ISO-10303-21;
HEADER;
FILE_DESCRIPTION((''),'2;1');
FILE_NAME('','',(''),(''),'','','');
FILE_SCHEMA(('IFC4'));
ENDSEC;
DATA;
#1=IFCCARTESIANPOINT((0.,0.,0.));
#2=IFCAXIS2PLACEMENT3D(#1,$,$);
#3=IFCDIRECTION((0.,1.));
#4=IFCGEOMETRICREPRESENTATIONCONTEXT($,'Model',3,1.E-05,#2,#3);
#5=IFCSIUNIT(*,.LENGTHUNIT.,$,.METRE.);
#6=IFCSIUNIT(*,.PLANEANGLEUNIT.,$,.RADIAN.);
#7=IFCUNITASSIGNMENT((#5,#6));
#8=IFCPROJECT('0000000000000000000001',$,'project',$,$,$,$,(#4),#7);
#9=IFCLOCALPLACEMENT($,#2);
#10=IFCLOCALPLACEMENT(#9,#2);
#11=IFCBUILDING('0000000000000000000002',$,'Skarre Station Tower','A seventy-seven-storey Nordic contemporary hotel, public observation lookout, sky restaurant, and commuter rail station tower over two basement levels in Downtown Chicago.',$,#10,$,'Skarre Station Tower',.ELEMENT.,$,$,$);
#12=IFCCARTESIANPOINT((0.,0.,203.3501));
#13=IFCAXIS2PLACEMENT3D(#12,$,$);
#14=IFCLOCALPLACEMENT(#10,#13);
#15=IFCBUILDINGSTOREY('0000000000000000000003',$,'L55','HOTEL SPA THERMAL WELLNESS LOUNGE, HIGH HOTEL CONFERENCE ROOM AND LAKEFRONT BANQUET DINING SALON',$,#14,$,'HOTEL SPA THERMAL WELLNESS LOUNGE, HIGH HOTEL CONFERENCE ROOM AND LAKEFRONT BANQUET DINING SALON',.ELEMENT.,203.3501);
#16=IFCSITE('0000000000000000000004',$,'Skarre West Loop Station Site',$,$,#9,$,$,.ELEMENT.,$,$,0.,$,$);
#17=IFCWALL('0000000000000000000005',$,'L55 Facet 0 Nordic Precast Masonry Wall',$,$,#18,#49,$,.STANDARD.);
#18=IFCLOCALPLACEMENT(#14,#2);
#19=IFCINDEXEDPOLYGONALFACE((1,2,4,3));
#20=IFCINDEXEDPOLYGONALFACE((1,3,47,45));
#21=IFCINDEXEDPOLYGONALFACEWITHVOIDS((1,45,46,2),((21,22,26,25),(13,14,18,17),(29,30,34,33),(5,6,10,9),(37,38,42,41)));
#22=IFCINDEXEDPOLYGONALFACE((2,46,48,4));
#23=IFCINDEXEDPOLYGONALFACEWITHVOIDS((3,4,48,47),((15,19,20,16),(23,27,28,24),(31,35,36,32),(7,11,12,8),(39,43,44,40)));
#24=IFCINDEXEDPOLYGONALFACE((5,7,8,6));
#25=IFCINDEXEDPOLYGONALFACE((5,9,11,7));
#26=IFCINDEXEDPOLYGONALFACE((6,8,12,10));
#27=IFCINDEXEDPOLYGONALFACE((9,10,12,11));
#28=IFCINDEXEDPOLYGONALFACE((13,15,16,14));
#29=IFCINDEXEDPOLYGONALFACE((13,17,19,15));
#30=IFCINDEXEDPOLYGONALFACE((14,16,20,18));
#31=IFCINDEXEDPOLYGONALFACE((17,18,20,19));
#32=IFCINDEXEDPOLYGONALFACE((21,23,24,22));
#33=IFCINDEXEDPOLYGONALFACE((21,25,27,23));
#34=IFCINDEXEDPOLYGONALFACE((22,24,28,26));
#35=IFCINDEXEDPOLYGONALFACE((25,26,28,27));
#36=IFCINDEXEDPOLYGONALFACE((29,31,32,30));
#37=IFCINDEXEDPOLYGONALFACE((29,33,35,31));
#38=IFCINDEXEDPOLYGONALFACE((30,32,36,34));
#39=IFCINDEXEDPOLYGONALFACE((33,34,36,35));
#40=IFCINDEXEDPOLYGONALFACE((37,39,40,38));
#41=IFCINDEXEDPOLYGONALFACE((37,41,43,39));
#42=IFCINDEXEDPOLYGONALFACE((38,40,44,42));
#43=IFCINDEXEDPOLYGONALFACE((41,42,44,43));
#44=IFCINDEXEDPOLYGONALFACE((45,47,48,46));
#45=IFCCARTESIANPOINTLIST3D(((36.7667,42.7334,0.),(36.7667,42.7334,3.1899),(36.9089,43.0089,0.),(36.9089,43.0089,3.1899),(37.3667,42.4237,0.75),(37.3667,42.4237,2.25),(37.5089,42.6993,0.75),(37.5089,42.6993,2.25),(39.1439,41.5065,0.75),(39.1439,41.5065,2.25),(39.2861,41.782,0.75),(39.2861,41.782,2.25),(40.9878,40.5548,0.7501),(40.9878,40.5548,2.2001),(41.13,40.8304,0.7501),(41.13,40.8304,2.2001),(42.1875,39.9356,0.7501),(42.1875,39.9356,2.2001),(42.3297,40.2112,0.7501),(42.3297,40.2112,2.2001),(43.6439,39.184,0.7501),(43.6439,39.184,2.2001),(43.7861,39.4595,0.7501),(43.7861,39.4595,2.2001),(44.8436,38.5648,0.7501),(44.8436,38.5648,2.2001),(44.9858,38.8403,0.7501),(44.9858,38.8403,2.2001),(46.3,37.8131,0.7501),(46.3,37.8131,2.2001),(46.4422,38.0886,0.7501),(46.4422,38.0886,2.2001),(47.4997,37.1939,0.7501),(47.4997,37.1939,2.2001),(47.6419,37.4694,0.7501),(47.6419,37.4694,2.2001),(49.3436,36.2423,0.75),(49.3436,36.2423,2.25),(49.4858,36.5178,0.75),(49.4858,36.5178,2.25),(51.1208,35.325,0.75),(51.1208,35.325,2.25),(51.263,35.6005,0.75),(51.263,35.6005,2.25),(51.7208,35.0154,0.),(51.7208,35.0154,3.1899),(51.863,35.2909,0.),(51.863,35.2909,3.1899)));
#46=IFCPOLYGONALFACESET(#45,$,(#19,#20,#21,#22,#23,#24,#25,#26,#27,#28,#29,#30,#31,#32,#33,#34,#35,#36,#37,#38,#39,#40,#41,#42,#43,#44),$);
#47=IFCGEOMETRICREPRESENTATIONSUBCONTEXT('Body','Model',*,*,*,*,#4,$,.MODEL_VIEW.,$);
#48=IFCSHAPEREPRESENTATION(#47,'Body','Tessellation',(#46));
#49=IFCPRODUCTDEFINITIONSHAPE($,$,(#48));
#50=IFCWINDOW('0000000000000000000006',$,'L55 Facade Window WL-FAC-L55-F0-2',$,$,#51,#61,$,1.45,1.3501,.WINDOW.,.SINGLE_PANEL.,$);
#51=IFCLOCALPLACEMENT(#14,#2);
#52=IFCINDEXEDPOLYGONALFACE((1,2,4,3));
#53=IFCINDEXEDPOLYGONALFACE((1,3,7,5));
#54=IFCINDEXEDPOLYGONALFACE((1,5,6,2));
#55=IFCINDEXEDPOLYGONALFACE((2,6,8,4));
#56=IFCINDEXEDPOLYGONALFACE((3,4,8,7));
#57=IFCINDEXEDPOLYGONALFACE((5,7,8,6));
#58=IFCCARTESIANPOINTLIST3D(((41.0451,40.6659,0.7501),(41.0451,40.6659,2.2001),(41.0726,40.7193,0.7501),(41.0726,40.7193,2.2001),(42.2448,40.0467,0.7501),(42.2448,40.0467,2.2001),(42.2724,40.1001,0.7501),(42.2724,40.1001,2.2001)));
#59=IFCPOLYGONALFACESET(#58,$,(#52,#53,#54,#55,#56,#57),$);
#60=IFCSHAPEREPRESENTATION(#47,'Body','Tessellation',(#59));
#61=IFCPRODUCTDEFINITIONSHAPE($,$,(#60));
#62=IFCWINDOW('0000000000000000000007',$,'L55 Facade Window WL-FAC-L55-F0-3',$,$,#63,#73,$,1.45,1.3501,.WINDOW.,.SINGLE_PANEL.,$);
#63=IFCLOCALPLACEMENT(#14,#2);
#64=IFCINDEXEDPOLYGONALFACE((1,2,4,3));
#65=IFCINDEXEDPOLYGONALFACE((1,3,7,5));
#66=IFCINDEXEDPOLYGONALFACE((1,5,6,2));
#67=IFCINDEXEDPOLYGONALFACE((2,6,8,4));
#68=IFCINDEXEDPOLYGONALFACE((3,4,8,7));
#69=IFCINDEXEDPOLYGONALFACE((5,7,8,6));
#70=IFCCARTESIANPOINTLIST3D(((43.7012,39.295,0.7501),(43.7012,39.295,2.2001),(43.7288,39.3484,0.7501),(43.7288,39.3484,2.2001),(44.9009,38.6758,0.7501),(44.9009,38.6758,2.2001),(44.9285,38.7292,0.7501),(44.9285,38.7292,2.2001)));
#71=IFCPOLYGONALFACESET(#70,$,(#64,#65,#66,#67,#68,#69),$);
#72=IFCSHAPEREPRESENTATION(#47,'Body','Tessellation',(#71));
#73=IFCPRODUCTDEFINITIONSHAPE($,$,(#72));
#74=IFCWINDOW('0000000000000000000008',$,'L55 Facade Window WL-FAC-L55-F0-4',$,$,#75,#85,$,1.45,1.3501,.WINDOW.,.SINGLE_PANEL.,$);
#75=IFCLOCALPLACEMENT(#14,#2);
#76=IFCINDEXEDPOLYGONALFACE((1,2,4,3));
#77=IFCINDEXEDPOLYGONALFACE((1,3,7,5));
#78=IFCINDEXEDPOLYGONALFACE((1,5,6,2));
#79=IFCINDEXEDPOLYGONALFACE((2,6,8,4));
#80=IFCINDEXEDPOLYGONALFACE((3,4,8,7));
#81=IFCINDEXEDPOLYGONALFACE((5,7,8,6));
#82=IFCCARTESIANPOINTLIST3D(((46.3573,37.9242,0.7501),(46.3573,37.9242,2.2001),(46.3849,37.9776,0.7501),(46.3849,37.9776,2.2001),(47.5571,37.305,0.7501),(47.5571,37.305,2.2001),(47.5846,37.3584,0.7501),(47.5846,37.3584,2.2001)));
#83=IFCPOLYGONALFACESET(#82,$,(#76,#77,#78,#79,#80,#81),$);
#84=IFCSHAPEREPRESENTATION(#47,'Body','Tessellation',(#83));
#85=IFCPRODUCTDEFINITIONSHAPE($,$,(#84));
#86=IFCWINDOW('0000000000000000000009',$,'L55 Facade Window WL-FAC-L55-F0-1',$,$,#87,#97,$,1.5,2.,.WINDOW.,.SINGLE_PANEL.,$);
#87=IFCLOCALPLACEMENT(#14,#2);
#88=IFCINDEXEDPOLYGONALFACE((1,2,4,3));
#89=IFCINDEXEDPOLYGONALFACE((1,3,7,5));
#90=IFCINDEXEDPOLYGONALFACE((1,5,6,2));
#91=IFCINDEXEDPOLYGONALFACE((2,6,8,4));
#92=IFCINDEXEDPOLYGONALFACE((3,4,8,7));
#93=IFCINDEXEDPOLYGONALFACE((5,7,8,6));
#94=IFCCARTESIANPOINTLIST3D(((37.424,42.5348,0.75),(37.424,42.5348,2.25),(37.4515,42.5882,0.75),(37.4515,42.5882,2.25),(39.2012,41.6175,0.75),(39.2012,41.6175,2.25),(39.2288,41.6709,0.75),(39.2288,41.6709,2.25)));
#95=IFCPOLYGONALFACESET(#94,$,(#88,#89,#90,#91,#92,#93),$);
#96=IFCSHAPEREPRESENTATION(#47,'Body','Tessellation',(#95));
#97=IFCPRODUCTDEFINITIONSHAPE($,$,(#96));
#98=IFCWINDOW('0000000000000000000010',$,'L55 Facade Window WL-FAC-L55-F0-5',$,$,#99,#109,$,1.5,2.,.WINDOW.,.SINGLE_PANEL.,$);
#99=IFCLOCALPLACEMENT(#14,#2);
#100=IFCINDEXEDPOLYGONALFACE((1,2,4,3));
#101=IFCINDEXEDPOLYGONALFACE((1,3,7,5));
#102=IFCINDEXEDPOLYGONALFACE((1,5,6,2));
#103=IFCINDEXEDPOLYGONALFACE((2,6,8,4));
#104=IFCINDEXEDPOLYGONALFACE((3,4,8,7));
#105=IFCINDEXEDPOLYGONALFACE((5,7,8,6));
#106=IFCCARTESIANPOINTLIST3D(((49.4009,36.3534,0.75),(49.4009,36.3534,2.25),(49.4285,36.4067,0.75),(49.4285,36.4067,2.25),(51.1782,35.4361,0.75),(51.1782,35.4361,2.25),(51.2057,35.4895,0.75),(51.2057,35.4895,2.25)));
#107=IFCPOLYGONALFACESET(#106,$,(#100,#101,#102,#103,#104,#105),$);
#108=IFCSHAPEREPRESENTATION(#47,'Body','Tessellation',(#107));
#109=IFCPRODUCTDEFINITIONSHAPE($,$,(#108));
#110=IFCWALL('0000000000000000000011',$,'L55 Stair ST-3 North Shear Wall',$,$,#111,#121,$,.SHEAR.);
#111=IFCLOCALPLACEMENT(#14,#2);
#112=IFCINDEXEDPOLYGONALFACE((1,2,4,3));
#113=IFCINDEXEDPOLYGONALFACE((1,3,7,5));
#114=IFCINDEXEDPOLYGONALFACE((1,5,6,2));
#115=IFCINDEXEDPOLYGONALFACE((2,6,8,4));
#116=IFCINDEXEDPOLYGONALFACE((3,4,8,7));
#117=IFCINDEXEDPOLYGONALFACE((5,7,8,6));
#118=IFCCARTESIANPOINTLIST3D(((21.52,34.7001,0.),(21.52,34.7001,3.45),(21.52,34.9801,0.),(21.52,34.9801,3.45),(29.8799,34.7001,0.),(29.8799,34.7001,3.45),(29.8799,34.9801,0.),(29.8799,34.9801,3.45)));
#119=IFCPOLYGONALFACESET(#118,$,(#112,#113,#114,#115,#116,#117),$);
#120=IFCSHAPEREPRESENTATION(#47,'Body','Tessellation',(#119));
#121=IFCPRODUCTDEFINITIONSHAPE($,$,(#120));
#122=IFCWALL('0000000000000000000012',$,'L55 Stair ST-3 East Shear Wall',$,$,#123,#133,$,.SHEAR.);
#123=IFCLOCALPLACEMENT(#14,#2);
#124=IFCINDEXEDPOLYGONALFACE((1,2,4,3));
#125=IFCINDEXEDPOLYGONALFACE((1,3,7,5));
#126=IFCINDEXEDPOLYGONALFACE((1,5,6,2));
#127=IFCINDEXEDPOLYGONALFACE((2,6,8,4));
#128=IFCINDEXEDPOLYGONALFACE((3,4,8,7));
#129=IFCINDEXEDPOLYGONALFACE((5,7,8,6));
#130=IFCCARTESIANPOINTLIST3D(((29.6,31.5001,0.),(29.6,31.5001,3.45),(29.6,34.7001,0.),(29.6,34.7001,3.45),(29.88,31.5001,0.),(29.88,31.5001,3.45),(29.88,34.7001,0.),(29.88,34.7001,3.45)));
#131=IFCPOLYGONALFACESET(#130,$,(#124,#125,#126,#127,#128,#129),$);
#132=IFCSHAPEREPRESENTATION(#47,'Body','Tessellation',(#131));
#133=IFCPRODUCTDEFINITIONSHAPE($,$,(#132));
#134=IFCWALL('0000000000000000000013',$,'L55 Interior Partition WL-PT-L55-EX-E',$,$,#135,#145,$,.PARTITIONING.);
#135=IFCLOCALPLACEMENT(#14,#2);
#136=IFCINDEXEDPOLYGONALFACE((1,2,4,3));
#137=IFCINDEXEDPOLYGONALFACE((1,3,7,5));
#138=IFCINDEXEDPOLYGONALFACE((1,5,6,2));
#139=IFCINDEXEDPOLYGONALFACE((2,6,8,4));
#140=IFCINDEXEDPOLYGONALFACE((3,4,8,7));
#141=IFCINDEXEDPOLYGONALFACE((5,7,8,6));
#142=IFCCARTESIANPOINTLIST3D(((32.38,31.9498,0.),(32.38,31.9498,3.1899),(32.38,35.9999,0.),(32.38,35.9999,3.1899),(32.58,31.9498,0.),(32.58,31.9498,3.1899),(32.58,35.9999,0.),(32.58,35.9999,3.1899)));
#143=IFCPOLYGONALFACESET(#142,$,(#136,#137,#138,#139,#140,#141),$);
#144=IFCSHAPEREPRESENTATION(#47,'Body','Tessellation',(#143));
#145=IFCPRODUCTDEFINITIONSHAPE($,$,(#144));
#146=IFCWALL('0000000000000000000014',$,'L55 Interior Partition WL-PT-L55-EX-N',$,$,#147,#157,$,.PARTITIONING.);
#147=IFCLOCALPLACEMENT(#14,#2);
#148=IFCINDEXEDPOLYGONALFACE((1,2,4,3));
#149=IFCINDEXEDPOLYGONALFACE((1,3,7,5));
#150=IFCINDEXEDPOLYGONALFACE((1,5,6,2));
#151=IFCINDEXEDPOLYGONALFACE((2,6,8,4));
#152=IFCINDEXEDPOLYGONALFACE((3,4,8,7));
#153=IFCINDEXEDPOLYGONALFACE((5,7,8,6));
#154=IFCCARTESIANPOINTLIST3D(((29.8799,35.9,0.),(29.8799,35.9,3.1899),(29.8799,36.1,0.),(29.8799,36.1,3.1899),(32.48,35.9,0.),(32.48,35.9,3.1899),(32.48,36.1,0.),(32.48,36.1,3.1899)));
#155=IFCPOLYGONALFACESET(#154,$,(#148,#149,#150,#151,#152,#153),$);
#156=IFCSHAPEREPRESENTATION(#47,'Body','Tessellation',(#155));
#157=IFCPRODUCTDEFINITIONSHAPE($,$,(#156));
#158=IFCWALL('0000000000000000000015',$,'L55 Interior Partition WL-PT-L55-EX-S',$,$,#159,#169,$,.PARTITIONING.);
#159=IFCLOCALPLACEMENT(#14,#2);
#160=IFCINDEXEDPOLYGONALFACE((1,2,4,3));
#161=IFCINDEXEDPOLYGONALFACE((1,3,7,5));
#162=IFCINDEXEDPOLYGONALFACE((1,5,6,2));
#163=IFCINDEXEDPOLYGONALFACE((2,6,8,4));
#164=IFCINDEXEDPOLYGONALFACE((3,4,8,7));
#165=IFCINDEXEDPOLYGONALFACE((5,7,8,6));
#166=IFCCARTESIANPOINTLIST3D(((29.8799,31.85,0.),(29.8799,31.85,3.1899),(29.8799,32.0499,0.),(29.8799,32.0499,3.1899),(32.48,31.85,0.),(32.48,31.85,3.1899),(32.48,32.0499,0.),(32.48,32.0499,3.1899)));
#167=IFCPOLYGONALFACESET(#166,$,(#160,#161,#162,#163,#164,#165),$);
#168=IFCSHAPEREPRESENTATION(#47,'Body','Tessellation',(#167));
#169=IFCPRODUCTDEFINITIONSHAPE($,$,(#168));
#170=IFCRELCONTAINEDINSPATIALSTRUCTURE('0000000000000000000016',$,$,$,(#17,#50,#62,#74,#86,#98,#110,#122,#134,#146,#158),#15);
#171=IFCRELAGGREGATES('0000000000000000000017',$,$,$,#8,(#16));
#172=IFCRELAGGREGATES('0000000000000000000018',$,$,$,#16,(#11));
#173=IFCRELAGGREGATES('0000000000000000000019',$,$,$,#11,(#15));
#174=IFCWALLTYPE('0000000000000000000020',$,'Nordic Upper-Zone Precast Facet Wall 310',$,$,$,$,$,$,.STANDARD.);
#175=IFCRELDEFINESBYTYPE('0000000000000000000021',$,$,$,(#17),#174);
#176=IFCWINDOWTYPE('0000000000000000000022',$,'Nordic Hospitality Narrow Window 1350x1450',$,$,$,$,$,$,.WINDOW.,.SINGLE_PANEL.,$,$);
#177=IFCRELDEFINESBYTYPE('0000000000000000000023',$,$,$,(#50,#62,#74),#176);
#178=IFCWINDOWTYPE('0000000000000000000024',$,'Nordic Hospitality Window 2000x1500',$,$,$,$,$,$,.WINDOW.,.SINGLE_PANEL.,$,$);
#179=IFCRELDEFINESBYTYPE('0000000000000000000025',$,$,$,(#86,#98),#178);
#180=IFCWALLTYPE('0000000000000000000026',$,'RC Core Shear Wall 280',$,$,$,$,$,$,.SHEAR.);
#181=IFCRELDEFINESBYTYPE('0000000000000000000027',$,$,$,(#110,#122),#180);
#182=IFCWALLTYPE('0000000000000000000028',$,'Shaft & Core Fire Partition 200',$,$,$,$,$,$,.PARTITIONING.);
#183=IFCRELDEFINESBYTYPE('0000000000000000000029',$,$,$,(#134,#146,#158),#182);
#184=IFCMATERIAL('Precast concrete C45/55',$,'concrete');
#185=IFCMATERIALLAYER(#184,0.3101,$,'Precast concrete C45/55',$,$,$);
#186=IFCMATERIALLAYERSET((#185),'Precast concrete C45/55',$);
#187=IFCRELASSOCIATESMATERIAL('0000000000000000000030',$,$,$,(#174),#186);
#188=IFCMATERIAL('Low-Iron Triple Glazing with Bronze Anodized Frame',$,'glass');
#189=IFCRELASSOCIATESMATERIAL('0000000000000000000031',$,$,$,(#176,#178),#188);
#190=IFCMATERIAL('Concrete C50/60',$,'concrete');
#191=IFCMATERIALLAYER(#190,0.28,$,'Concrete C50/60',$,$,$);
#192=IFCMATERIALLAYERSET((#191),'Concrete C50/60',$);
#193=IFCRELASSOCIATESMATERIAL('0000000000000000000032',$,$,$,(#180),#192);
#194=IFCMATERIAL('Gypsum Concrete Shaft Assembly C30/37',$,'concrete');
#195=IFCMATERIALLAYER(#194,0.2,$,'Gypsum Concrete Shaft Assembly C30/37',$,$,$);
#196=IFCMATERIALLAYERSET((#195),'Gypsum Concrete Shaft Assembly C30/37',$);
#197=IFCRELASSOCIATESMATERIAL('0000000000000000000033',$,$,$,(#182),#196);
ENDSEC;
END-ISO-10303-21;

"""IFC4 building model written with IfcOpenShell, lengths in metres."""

from ifc_helpers import new_model, si_unit, direction, frame, frame_2d, origin, place, context, subcontext, project, spatial, rectangle, extrude, material, layer, layer_set, type_object, element, fill, save


model = new_model("IFC4")

# Units and contexts
model_context = context("Model", 3, precision=1e-05, world=origin(), true_north=direction((0.0, 1.0)))
body_context = subcontext(model_context, "Body", "Model", "MODEL_VIEW")
ifc_project = project(units=[si_unit("LENGTHUNIT", "METRE"), si_unit("PLANEANGLEUNIT", "RADIAN")], contexts=[model_context])

# Site, building, storey
site_placement = place(None, origin())
site = spatial("IfcSite", under=ifc_project, at=site_placement, Name="Skarre West Loop Station Site", CompositionType="ELEMENT", RefElevation=0.0)
building_placement = place(site_placement, origin())
building = spatial("IfcBuilding", under=site, at=building_placement, Name="Skarre Station Tower", Description="A seventy-seven-storey Nordic contemporary hotel, public observation lookout, sky restaurant, and commuter rail station tower over two basement levels in Downtown Chicago.", LongName="Skarre Station Tower", CompositionType="ELEMENT")
storey_placement = place(building_placement, frame((0.0, 0.0, 203.3501)))
storey = spatial("IfcBuildingStorey", under=building, at=storey_placement, Name="L55", Description="HOTEL SPA THERMAL WELLNESS LOUNGE, HIGH HOTEL CONFERENCE ROOM AND LAKEFRONT BANQUET DINING SALON", LongName="HOTEL SPA THERMAL WELLNESS LOUNGE, HIGH HOTEL CONFERENCE ROOM AND LAKEFRONT BANQUET DINING SALON", CompositionType="ELEMENT", Elevation=203.3501)

# Shared definitions
ifc_material_1 = material(Name="Precast concrete C45/55", Category="concrete")

# Shared definitions
ifc_material_2 = material(Name="Low-Iron Triple Glazing with Bronze Anodized Frame", Category="glass")

# Wall, openings, windows
ifc_layer_1 = layer(ifc_material_1, 0.3101, Name="Precast concrete C45/55")
ifc_layer_set_1 = layer_set([ifc_layer_1], Name="Precast concrete C45/55")
wall_type_1 = type_object("IfcWallType", Name="Nordic Upper-Zone Precast Facet Wall 310", PredefinedType="STANDARD", material=ifc_layer_set_1)
wall_1_placement = place(storey_placement, frame((36.8379, 42.8711, 0.0), z_axis=(0.0, 0.0, 1.0), x_axis=(0.888626, -0.458632, 0.0)))
wall_1 = element("IfcWall", 1, at=wall_1_placement, inside=storey, type_object=wall_type_1, Name="L55 Facet 0 Nordic Precast Masonry Wall", PredefinedType="STANDARD", context=body_context, shape_type="SweptSolid", body=[
    extrude(rectangle(XDim=16.8284, YDim=0.3101, at=frame_2d((8.4141, 0.0))), origin(), (0.0, 0.0, 1.0), 3.1899),
])
opening_1_placement = place(wall_1_placement, frame((0.675, 0.0, 0.75)))
opening_1 = element("IfcOpeningElement", 2, at=opening_1_placement, cuts=wall_1, PredefinedType="OPENING", context=body_context, shape_type="SweptSolid", body=[
    extrude(rectangle(XDim=2.0, YDim=1.5, at=frame_2d((1.0, 0.75))), frame((0.0, 0.165, 0.0), z_axis=(0.0, -1.0, 0.0), x_axis=(1.0, 0.0, 0.0)), (0.0, 0.0, 1.0), 0.3301),
])
opening_2_placement = place(wall_1_placement, frame((4.75, 0.0, 0.75)))
opening_2 = element("IfcOpeningElement", 3, at=opening_2_placement, cuts=wall_1, PredefinedType="OPENING", context=body_context, shape_type="SweptSolid", body=[
    extrude(rectangle(XDim=1.3501, YDim=1.45, at=frame_2d((0.675, 0.7251))), frame((0.0, 0.165, 0.0), z_axis=(0.0, -1.0, 0.0), x_axis=(1.0, 0.0, 0.0)), (0.0, 0.0, 1.0), 0.3301),
])
opening_3_placement = place(wall_1_placement, frame((7.739, 0.0, 0.75)))
opening_3 = element("IfcOpeningElement", 4, at=opening_3_placement, cuts=wall_1, PredefinedType="OPENING", context=body_context, shape_type="SweptSolid", body=[
    extrude(rectangle(XDim=1.3501, YDim=1.45, at=frame_2d((0.675, 0.7251))), frame((0.0, 0.165, 0.0), z_axis=(0.0, -1.0, 0.0), x_axis=(1.0, 0.0, 0.0)), (0.0, 0.0, 1.0), 0.3301),
])
opening_4_placement = place(wall_1_placement, frame((10.728, 0.0, 0.75)))
opening_4 = element("IfcOpeningElement", 5, at=opening_4_placement, cuts=wall_1, PredefinedType="OPENING", context=body_context, shape_type="SweptSolid", body=[
    extrude(rectangle(XDim=1.3501, YDim=1.45, at=frame_2d((0.675, 0.7251))), frame((0.0, 0.165, 0.0), z_axis=(0.0, -1.0, 0.0), x_axis=(1.0, 0.0, 0.0)), (0.0, 0.0, 1.0), 0.3301),
])
opening_5_placement = place(wall_1_placement, frame((14.1531, 0.0, 0.75)))
opening_5 = element("IfcOpeningElement", 6, at=opening_5_placement, cuts=wall_1, PredefinedType="OPENING", context=body_context, shape_type="SweptSolid", body=[
    extrude(rectangle(XDim=2.0, YDim=1.5, at=frame_2d((1.0, 0.75))), frame((0.0, 0.165, 0.0), z_axis=(0.0, -1.0, 0.0), x_axis=(1.0, 0.0, 0.0)), (0.0, 0.0, 1.0), 0.3301),
])
window_type_1 = type_object("IfcWindowType", Name="Nordic Hospitality Narrow Window 1350x1450", PartitioningType="SINGLE_PANEL", PredefinedType="WINDOW", material=ifc_material_2)
window_1_placement = place(opening_2_placement, origin())
window_1 = element("IfcWindow", 7, at=window_1_placement, inside=storey, type_object=window_type_1, Name="L55 Facade Window WL-FAC-L55-F0-2", OverallHeight=1.45, OverallWidth=1.3501, PartitioningType="SINGLE_PANEL", PredefinedType="WINDOW", context=body_context, shape_type="SweptSolid", body=[
    extrude(rectangle(XDim=1.3501, YDim=1.45, at=frame_2d((0.675, 0.7251))), frame((0.0, 0.03, 0.0), z_axis=(0.0, -1.0, 0.0), x_axis=(1.0, 0.0, 0.0)), (0.0, 0.0, 1.0), 0.0601),
])
fill(opening_2, window_1)
window_2_placement = place(opening_3_placement, origin())
window_2 = element("IfcWindow", 8, at=window_2_placement, inside=storey, type_object=window_type_1, Name="L55 Facade Window WL-FAC-L55-F0-3", OverallHeight=1.45, OverallWidth=1.3501, PartitioningType="SINGLE_PANEL", PredefinedType="WINDOW", context=body_context, shape_type="SweptSolid", body=[
    extrude(rectangle(XDim=1.3501, YDim=1.45, at=frame_2d((0.675, 0.7251))), frame((0.0, 0.03, 0.0), z_axis=(0.0, -1.0, 0.0), x_axis=(1.0, 0.0, 0.0)), (0.0, 0.0, 1.0), 0.0601),
])
fill(opening_3, window_2)
window_3_placement = place(opening_4_placement, origin())
window_3 = element("IfcWindow", 9, at=window_3_placement, inside=storey, type_object=window_type_1, Name="L55 Facade Window WL-FAC-L55-F0-4", OverallHeight=1.45, OverallWidth=1.3501, PartitioningType="SINGLE_PANEL", PredefinedType="WINDOW", context=body_context, shape_type="SweptSolid", body=[
    extrude(rectangle(XDim=1.3501, YDim=1.45, at=frame_2d((0.675, 0.7251))), frame((0.0, 0.03, 0.0), z_axis=(0.0, -1.0, 0.0), x_axis=(1.0, 0.0, 0.0)), (0.0, 0.0, 1.0), 0.0601),
])
fill(opening_4, window_3)
window_type_2 = type_object("IfcWindowType", Name="Nordic Hospitality Window 2000x1500", PartitioningType="SINGLE_PANEL", PredefinedType="WINDOW", material=ifc_material_2)
window_4_placement = place(opening_1_placement, origin())
window_4 = element("IfcWindow", 10, at=window_4_placement, inside=storey, type_object=window_type_2, Name="L55 Facade Window WL-FAC-L55-F0-1", OverallHeight=1.5, OverallWidth=2.0, PartitioningType="SINGLE_PANEL", PredefinedType="WINDOW", context=body_context, shape_type="SweptSolid", body=[
    extrude(rectangle(XDim=2.0, YDim=1.5, at=frame_2d((1.0, 0.75))), frame((0.0, 0.03, 0.0), z_axis=(0.0, -1.0, 0.0), x_axis=(1.0, 0.0, 0.0)), (0.0, 0.0, 1.0), 0.0601),
])
fill(opening_1, window_4)
window_5_placement = place(opening_5_placement, origin())
window_5 = element("IfcWindow", 11, at=window_5_placement, inside=storey, type_object=window_type_2, Name="L55 Facade Window WL-FAC-L55-F0-5", OverallHeight=1.5, OverallWidth=2.0, PartitioningType="SINGLE_PANEL", PredefinedType="WINDOW", context=body_context, shape_type="SweptSolid", body=[
    extrude(rectangle(XDim=2.0, YDim=1.5, at=frame_2d((1.0, 0.75))), frame((0.0, 0.03, 0.0), z_axis=(0.0, -1.0, 0.0), x_axis=(1.0, 0.0, 0.0)), (0.0, 0.0, 1.0), 0.0601),
])
fill(opening_5, window_5)

# Walls
ifc_material_3 = material(Name="Concrete C50/60", Category="concrete")
ifc_layer_2 = layer(ifc_material_3, 0.28, Name="Concrete C50/60")
ifc_layer_set_2 = layer_set([ifc_layer_2], Name="Concrete C50/60")
wall_type_2 = type_object("IfcWallType", Name="RC Core Shear Wall 280", PredefinedType="SHEAR", material=ifc_layer_set_2)
wall_2_placement = place(storey_placement, frame((29.8799, 34.8401, 0.0), z_axis=(0.0, 0.0, 1.0), x_axis=(-1.0, 0.0, 0.0)))
element("IfcWall", 12, at=wall_2_placement, inside=storey, type_object=wall_type_2, Name="L55 Stair ST-3 North Shear Wall", PredefinedType="SHEAR", context=body_context, shape_type="SweptSolid", body=[
    extrude(rectangle(XDim=8.3599, YDim=0.28, at=frame_2d((4.1799, 0.0))), origin(), (0.0, 0.0, 1.0), 3.45),
])
wall_3_placement = place(storey_placement, frame((29.74, 31.5, 0.0), z_axis=(0.0, 0.0, 1.0), x_axis=(0.0, 1.0, 0.0)))
element("IfcWall", 13, at=wall_3_placement, inside=storey, type_object=wall_type_2, Name="L55 Stair ST-3 East Shear Wall", PredefinedType="SHEAR", context=body_context, shape_type="SweptSolid", body=[
    extrude(rectangle(XDim=3.2, YDim=0.28, at=frame_2d((1.6001, 0.0))), origin(), (0.0, 0.0, 1.0), 3.45),
])
ifc_material_4 = material(Name="Gypsum Concrete Shaft Assembly C30/37", Category="concrete")
ifc_layer_3 = layer(ifc_material_4, 0.2, Name="Gypsum Concrete Shaft Assembly C30/37")
ifc_layer_set_3 = layer_set([ifc_layer_3], Name="Gypsum Concrete Shaft Assembly C30/37")
wall_type_3 = type_object("IfcWallType", Name="Shaft & Core Fire Partition 200", PredefinedType="PARTITIONING", material=ifc_layer_set_3)
wall_4_placement = place(storey_placement, frame((32.48, 31.95, 0.0), z_axis=(0.0, 0.0, 1.0), x_axis=(0.0, 1.0, 0.0)))
element("IfcWall", 14, at=wall_4_placement, inside=storey, type_object=wall_type_3, Name="L55 Interior Partition WL-PT-L55-EX-E", PredefinedType="PARTITIONING", context=body_context, shape_type="SweptSolid", body=[
    extrude(rectangle(XDim=4.05, YDim=0.2, at=frame_2d((2.0249, 0.0))), origin(), (0.0, 0.0, 1.0), 3.1899),
])
for number, where, z_axis, x_axis, name in (
    (15, (29.8799, 36.0, 0.0), (0.0, 0.0, 1.0), (1.0, 0.0, 0.0), "L55 Interior Partition WL-PT-L55-EX-N"),
    (16, (32.48, 31.95, 0.0), (0.0, 0.0, 1.0), (-1.0, 0.0, 0.0), "L55 Interior Partition WL-PT-L55-EX-S"),
):
    element("IfcWall", number, at=place(storey_placement, frame(where, z_axis=z_axis, x_axis=x_axis)), inside=storey, type_object=wall_type_3, Name=name, PredefinedType="PARTITIONING", context=body_context, shape_type="SweptSolid", body=[
        extrude(rectangle(XDim=2.6001, YDim=0.2, at=frame_2d((1.3, 0.0))), origin(), (0.0, 0.0, 1.0), 3.1899),
    ])

save(model, "model.ifc")
